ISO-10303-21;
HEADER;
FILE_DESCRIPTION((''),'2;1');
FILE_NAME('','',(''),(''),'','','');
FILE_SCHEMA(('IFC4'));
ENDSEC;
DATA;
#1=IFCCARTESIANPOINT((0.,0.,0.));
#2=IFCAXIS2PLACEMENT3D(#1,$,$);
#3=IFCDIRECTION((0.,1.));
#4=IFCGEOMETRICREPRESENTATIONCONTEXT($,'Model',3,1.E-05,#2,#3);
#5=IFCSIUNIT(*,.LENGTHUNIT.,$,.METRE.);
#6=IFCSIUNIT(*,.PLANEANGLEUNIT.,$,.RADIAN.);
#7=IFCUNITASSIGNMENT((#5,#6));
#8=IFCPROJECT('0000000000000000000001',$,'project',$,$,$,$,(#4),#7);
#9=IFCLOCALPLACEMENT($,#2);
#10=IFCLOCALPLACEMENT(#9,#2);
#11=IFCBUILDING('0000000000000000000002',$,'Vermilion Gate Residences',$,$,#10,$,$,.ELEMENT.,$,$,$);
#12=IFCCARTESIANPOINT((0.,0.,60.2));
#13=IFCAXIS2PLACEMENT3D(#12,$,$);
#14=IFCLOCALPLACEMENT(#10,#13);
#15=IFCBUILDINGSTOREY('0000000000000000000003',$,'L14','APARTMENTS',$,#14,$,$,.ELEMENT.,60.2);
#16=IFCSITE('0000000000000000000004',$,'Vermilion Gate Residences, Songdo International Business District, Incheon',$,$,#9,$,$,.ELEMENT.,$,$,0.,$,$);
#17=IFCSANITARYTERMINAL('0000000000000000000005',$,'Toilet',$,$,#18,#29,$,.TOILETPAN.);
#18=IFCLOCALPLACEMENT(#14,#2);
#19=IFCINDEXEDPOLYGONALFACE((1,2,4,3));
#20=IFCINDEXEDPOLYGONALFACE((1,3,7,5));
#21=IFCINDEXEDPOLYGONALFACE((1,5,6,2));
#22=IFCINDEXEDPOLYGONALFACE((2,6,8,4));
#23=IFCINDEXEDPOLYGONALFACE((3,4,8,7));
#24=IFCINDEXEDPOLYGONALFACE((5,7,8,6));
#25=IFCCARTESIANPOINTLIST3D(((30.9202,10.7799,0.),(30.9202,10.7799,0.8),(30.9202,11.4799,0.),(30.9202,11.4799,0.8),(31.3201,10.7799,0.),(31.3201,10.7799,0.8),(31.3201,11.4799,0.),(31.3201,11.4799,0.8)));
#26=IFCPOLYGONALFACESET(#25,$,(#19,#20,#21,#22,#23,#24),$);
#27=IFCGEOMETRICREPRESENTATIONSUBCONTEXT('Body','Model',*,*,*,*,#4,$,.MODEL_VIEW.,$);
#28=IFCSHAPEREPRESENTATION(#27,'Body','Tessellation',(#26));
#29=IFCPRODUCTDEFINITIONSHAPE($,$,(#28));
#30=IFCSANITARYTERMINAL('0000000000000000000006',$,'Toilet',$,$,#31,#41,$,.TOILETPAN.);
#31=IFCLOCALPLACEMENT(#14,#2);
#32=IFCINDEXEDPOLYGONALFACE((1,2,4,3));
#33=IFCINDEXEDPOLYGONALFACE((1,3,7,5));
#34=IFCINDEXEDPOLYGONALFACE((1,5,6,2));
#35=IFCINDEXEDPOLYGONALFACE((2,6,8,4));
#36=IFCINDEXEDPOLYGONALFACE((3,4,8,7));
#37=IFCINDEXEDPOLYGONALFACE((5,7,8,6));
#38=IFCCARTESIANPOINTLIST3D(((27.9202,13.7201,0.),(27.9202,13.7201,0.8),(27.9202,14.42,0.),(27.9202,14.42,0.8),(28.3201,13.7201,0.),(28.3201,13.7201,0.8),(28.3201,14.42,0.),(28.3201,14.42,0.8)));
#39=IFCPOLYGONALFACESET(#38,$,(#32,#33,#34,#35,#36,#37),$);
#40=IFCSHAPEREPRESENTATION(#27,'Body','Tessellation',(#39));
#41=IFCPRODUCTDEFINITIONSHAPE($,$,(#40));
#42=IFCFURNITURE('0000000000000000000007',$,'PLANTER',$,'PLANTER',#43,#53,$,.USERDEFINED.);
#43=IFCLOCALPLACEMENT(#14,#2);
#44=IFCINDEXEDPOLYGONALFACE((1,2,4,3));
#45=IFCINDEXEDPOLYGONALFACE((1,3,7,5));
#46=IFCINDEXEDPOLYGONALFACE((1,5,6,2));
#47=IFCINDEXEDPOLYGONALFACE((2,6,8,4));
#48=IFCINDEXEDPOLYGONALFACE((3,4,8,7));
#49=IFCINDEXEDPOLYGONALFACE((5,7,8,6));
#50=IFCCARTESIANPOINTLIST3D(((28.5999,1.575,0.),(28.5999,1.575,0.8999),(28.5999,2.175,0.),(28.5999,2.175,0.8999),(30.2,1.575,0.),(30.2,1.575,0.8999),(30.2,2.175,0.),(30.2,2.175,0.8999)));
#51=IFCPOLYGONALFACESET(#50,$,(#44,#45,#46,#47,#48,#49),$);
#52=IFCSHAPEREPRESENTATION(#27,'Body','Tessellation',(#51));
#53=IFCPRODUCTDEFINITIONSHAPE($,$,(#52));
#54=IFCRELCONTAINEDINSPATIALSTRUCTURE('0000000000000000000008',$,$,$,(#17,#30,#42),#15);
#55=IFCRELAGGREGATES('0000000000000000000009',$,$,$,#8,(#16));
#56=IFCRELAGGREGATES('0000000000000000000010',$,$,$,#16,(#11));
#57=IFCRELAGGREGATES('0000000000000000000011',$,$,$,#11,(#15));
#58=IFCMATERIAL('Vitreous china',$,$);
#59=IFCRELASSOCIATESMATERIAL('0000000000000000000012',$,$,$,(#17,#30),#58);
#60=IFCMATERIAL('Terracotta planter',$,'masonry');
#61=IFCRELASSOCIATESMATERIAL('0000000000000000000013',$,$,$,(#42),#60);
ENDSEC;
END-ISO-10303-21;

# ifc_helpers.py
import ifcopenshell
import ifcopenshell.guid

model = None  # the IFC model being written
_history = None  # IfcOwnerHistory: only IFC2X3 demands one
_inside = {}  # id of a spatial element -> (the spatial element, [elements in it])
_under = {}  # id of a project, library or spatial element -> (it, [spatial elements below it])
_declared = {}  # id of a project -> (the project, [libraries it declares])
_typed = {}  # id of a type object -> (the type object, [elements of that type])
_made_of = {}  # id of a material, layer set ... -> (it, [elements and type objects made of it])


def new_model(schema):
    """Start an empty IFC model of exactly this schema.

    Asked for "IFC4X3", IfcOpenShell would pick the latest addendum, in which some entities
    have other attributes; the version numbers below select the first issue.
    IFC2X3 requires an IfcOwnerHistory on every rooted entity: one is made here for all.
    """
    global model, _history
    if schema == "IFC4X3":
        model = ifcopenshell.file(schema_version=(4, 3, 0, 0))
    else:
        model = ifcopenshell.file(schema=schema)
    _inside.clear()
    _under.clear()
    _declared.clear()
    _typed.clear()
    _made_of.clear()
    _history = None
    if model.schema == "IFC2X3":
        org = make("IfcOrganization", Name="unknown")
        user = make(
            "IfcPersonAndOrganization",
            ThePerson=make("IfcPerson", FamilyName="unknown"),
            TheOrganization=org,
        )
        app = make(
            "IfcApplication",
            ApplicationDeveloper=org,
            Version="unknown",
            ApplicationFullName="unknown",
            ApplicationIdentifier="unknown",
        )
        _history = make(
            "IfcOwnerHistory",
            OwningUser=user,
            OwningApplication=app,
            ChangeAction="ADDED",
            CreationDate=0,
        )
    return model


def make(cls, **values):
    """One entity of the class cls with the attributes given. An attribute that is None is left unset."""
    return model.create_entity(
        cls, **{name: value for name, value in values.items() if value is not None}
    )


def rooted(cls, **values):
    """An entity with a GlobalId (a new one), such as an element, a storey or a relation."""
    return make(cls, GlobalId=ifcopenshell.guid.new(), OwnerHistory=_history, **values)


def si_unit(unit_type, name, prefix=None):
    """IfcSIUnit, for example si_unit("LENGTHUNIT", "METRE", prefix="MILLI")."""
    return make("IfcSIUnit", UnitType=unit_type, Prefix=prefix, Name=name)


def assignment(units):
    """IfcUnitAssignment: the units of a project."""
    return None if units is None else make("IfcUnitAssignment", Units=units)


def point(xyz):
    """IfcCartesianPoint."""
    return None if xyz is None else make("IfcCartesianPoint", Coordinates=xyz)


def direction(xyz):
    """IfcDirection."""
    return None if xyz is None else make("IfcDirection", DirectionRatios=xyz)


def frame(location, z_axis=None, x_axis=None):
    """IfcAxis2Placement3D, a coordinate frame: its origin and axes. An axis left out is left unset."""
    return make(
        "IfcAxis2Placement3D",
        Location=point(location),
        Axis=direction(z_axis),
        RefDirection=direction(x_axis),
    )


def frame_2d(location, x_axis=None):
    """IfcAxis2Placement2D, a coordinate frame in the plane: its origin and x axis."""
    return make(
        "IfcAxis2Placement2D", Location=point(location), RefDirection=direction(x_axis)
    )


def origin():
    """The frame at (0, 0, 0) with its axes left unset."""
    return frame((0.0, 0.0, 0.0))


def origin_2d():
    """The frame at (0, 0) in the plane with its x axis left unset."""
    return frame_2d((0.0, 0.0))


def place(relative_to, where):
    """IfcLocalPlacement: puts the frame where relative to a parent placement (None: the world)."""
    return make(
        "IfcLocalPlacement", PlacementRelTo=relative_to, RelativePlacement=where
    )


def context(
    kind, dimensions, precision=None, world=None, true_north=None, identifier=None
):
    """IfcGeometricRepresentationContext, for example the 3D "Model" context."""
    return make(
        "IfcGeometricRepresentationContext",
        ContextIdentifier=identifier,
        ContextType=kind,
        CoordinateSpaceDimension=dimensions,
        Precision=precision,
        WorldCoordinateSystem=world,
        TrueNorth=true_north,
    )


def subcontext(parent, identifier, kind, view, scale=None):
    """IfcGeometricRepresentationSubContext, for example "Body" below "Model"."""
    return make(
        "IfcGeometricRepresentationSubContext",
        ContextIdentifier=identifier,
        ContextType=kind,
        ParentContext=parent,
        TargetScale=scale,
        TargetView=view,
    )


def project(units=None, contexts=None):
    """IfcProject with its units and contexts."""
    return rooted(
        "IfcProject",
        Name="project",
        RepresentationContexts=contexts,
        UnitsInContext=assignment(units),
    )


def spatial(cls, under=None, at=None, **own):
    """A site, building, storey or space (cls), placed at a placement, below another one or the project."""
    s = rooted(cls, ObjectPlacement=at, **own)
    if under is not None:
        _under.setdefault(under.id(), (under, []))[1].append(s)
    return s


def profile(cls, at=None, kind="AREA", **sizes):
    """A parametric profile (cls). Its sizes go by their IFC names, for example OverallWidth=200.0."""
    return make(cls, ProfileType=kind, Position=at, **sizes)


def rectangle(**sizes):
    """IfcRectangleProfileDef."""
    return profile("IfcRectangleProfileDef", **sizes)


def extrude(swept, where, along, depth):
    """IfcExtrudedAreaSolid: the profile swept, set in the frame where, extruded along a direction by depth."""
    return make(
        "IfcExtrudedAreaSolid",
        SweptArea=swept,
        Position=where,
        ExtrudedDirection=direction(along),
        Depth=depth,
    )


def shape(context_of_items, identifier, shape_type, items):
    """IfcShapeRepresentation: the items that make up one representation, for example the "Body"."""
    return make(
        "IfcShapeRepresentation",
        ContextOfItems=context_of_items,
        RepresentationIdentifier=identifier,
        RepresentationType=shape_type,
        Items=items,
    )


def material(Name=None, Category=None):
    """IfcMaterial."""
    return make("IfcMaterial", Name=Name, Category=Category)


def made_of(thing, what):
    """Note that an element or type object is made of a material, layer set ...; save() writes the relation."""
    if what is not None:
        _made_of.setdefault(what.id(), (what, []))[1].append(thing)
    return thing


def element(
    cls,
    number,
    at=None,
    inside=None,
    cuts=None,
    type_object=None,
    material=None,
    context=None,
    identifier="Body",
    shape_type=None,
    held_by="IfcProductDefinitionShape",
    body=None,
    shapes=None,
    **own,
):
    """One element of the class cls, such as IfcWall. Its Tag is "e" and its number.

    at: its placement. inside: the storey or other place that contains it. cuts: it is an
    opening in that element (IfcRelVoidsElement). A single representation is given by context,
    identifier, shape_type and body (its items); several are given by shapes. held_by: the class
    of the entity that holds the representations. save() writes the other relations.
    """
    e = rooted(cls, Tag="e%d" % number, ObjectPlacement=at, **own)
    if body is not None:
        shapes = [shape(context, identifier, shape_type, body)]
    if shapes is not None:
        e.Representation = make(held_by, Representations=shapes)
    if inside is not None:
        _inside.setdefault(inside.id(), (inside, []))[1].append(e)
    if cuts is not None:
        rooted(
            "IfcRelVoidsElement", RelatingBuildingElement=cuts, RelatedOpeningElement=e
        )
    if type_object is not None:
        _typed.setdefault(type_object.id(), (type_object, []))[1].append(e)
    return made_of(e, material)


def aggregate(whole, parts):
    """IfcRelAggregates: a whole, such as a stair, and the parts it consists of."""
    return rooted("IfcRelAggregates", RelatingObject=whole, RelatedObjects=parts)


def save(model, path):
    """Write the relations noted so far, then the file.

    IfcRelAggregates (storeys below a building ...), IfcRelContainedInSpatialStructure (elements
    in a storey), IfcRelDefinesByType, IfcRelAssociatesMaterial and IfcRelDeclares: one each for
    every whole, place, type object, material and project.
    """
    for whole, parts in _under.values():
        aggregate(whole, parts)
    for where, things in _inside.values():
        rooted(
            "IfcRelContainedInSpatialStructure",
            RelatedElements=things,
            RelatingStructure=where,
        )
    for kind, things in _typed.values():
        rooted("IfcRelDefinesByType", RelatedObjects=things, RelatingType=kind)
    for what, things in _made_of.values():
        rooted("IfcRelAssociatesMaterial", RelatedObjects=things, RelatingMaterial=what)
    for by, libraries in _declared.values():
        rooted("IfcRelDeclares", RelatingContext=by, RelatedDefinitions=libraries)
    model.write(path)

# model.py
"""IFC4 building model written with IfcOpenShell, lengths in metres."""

from ifc_helpers import new_model, si_unit, direction, frame, origin, origin_2d, place, context, subcontext, project, spatial, rectangle, extrude, material, element, save


model = new_model("IFC4")

# Units and contexts
model_context = context("Model", 3, precision=1e-05, world=origin(), true_north=direction((0.0, 1.0)))
body_context = subcontext(model_context, "Body", "Model", "MODEL_VIEW")
ifc_project = project(units=[si_unit("LENGTHUNIT", "METRE"), si_unit("PLANEANGLEUNIT", "RADIAN")], contexts=[model_context])

# Site, building, storey
site_placement = place(None, origin())
site = spatial("IfcSite", under=ifc_project, at=site_placement, Name="Vermilion Gate Residences, Songdo International Business District, Incheon", CompositionType="ELEMENT", RefElevation=0.0)
building_placement = place(site_placement, origin())
building = spatial("IfcBuilding", under=site, at=building_placement, Name="Vermilion Gate Residences", CompositionType="ELEMENT")
storey_placement = place(building_placement, frame((0.0, 0.0, 60.2)))
storey = spatial("IfcBuildingStorey", under=building, at=storey_placement, Name="L14", Description="APARTMENTS", CompositionType="ELEMENT", Elevation=60.2)

# Sanitary terminals
ifc_material_1 = material(Name="Vitreous china")
for number, where, z_axis, x_axis, name in (
    (1, (31.1201, 11.1299, 0.0), (0.0, 0.0, 1.0), (1.0, 0.0, 0.0), "Toilet"),
    (2, (28.1201, 14.0701, 0.0), (0.0, 0.0, 1.0), (1.0, 0.0, 0.0), "Toilet"),
):
    element("IfcSanitaryTerminal", number, at=place(storey_placement, frame(where, z_axis=z_axis, x_axis=x_axis)), inside=storey, material=ifc_material_1, Name=name, PredefinedType="TOILETPAN", context=body_context, shape_type="SweptSolid", body=[
        extrude(rectangle(XDim=0.3999, YDim=0.7, at=origin_2d()), origin(), (0.0, 0.0, 1.0), 0.8),
    ])

# Furniture
ifc_material_2 = material(Name="Terracotta planter", Category="masonry")
furniture_placement = place(storey_placement, frame((29.3999, 1.875, 0.0), z_axis=(0.0, 0.0, 1.0), x_axis=(1.0, 0.0, 0.0)))
element("IfcFurniture", 3, at=furniture_placement, inside=storey, material=ifc_material_2, Name="PLANTER", ObjectType="PLANTER", PredefinedType="USERDEFINED", context=body_context, shape_type="SweptSolid", body=[
    extrude(rectangle(XDim=1.6001, YDim=0.6001, at=origin_2d()), origin(), (0.0, 0.0, 1.0), 0.8999),
])

save(model, "model.ifc")
